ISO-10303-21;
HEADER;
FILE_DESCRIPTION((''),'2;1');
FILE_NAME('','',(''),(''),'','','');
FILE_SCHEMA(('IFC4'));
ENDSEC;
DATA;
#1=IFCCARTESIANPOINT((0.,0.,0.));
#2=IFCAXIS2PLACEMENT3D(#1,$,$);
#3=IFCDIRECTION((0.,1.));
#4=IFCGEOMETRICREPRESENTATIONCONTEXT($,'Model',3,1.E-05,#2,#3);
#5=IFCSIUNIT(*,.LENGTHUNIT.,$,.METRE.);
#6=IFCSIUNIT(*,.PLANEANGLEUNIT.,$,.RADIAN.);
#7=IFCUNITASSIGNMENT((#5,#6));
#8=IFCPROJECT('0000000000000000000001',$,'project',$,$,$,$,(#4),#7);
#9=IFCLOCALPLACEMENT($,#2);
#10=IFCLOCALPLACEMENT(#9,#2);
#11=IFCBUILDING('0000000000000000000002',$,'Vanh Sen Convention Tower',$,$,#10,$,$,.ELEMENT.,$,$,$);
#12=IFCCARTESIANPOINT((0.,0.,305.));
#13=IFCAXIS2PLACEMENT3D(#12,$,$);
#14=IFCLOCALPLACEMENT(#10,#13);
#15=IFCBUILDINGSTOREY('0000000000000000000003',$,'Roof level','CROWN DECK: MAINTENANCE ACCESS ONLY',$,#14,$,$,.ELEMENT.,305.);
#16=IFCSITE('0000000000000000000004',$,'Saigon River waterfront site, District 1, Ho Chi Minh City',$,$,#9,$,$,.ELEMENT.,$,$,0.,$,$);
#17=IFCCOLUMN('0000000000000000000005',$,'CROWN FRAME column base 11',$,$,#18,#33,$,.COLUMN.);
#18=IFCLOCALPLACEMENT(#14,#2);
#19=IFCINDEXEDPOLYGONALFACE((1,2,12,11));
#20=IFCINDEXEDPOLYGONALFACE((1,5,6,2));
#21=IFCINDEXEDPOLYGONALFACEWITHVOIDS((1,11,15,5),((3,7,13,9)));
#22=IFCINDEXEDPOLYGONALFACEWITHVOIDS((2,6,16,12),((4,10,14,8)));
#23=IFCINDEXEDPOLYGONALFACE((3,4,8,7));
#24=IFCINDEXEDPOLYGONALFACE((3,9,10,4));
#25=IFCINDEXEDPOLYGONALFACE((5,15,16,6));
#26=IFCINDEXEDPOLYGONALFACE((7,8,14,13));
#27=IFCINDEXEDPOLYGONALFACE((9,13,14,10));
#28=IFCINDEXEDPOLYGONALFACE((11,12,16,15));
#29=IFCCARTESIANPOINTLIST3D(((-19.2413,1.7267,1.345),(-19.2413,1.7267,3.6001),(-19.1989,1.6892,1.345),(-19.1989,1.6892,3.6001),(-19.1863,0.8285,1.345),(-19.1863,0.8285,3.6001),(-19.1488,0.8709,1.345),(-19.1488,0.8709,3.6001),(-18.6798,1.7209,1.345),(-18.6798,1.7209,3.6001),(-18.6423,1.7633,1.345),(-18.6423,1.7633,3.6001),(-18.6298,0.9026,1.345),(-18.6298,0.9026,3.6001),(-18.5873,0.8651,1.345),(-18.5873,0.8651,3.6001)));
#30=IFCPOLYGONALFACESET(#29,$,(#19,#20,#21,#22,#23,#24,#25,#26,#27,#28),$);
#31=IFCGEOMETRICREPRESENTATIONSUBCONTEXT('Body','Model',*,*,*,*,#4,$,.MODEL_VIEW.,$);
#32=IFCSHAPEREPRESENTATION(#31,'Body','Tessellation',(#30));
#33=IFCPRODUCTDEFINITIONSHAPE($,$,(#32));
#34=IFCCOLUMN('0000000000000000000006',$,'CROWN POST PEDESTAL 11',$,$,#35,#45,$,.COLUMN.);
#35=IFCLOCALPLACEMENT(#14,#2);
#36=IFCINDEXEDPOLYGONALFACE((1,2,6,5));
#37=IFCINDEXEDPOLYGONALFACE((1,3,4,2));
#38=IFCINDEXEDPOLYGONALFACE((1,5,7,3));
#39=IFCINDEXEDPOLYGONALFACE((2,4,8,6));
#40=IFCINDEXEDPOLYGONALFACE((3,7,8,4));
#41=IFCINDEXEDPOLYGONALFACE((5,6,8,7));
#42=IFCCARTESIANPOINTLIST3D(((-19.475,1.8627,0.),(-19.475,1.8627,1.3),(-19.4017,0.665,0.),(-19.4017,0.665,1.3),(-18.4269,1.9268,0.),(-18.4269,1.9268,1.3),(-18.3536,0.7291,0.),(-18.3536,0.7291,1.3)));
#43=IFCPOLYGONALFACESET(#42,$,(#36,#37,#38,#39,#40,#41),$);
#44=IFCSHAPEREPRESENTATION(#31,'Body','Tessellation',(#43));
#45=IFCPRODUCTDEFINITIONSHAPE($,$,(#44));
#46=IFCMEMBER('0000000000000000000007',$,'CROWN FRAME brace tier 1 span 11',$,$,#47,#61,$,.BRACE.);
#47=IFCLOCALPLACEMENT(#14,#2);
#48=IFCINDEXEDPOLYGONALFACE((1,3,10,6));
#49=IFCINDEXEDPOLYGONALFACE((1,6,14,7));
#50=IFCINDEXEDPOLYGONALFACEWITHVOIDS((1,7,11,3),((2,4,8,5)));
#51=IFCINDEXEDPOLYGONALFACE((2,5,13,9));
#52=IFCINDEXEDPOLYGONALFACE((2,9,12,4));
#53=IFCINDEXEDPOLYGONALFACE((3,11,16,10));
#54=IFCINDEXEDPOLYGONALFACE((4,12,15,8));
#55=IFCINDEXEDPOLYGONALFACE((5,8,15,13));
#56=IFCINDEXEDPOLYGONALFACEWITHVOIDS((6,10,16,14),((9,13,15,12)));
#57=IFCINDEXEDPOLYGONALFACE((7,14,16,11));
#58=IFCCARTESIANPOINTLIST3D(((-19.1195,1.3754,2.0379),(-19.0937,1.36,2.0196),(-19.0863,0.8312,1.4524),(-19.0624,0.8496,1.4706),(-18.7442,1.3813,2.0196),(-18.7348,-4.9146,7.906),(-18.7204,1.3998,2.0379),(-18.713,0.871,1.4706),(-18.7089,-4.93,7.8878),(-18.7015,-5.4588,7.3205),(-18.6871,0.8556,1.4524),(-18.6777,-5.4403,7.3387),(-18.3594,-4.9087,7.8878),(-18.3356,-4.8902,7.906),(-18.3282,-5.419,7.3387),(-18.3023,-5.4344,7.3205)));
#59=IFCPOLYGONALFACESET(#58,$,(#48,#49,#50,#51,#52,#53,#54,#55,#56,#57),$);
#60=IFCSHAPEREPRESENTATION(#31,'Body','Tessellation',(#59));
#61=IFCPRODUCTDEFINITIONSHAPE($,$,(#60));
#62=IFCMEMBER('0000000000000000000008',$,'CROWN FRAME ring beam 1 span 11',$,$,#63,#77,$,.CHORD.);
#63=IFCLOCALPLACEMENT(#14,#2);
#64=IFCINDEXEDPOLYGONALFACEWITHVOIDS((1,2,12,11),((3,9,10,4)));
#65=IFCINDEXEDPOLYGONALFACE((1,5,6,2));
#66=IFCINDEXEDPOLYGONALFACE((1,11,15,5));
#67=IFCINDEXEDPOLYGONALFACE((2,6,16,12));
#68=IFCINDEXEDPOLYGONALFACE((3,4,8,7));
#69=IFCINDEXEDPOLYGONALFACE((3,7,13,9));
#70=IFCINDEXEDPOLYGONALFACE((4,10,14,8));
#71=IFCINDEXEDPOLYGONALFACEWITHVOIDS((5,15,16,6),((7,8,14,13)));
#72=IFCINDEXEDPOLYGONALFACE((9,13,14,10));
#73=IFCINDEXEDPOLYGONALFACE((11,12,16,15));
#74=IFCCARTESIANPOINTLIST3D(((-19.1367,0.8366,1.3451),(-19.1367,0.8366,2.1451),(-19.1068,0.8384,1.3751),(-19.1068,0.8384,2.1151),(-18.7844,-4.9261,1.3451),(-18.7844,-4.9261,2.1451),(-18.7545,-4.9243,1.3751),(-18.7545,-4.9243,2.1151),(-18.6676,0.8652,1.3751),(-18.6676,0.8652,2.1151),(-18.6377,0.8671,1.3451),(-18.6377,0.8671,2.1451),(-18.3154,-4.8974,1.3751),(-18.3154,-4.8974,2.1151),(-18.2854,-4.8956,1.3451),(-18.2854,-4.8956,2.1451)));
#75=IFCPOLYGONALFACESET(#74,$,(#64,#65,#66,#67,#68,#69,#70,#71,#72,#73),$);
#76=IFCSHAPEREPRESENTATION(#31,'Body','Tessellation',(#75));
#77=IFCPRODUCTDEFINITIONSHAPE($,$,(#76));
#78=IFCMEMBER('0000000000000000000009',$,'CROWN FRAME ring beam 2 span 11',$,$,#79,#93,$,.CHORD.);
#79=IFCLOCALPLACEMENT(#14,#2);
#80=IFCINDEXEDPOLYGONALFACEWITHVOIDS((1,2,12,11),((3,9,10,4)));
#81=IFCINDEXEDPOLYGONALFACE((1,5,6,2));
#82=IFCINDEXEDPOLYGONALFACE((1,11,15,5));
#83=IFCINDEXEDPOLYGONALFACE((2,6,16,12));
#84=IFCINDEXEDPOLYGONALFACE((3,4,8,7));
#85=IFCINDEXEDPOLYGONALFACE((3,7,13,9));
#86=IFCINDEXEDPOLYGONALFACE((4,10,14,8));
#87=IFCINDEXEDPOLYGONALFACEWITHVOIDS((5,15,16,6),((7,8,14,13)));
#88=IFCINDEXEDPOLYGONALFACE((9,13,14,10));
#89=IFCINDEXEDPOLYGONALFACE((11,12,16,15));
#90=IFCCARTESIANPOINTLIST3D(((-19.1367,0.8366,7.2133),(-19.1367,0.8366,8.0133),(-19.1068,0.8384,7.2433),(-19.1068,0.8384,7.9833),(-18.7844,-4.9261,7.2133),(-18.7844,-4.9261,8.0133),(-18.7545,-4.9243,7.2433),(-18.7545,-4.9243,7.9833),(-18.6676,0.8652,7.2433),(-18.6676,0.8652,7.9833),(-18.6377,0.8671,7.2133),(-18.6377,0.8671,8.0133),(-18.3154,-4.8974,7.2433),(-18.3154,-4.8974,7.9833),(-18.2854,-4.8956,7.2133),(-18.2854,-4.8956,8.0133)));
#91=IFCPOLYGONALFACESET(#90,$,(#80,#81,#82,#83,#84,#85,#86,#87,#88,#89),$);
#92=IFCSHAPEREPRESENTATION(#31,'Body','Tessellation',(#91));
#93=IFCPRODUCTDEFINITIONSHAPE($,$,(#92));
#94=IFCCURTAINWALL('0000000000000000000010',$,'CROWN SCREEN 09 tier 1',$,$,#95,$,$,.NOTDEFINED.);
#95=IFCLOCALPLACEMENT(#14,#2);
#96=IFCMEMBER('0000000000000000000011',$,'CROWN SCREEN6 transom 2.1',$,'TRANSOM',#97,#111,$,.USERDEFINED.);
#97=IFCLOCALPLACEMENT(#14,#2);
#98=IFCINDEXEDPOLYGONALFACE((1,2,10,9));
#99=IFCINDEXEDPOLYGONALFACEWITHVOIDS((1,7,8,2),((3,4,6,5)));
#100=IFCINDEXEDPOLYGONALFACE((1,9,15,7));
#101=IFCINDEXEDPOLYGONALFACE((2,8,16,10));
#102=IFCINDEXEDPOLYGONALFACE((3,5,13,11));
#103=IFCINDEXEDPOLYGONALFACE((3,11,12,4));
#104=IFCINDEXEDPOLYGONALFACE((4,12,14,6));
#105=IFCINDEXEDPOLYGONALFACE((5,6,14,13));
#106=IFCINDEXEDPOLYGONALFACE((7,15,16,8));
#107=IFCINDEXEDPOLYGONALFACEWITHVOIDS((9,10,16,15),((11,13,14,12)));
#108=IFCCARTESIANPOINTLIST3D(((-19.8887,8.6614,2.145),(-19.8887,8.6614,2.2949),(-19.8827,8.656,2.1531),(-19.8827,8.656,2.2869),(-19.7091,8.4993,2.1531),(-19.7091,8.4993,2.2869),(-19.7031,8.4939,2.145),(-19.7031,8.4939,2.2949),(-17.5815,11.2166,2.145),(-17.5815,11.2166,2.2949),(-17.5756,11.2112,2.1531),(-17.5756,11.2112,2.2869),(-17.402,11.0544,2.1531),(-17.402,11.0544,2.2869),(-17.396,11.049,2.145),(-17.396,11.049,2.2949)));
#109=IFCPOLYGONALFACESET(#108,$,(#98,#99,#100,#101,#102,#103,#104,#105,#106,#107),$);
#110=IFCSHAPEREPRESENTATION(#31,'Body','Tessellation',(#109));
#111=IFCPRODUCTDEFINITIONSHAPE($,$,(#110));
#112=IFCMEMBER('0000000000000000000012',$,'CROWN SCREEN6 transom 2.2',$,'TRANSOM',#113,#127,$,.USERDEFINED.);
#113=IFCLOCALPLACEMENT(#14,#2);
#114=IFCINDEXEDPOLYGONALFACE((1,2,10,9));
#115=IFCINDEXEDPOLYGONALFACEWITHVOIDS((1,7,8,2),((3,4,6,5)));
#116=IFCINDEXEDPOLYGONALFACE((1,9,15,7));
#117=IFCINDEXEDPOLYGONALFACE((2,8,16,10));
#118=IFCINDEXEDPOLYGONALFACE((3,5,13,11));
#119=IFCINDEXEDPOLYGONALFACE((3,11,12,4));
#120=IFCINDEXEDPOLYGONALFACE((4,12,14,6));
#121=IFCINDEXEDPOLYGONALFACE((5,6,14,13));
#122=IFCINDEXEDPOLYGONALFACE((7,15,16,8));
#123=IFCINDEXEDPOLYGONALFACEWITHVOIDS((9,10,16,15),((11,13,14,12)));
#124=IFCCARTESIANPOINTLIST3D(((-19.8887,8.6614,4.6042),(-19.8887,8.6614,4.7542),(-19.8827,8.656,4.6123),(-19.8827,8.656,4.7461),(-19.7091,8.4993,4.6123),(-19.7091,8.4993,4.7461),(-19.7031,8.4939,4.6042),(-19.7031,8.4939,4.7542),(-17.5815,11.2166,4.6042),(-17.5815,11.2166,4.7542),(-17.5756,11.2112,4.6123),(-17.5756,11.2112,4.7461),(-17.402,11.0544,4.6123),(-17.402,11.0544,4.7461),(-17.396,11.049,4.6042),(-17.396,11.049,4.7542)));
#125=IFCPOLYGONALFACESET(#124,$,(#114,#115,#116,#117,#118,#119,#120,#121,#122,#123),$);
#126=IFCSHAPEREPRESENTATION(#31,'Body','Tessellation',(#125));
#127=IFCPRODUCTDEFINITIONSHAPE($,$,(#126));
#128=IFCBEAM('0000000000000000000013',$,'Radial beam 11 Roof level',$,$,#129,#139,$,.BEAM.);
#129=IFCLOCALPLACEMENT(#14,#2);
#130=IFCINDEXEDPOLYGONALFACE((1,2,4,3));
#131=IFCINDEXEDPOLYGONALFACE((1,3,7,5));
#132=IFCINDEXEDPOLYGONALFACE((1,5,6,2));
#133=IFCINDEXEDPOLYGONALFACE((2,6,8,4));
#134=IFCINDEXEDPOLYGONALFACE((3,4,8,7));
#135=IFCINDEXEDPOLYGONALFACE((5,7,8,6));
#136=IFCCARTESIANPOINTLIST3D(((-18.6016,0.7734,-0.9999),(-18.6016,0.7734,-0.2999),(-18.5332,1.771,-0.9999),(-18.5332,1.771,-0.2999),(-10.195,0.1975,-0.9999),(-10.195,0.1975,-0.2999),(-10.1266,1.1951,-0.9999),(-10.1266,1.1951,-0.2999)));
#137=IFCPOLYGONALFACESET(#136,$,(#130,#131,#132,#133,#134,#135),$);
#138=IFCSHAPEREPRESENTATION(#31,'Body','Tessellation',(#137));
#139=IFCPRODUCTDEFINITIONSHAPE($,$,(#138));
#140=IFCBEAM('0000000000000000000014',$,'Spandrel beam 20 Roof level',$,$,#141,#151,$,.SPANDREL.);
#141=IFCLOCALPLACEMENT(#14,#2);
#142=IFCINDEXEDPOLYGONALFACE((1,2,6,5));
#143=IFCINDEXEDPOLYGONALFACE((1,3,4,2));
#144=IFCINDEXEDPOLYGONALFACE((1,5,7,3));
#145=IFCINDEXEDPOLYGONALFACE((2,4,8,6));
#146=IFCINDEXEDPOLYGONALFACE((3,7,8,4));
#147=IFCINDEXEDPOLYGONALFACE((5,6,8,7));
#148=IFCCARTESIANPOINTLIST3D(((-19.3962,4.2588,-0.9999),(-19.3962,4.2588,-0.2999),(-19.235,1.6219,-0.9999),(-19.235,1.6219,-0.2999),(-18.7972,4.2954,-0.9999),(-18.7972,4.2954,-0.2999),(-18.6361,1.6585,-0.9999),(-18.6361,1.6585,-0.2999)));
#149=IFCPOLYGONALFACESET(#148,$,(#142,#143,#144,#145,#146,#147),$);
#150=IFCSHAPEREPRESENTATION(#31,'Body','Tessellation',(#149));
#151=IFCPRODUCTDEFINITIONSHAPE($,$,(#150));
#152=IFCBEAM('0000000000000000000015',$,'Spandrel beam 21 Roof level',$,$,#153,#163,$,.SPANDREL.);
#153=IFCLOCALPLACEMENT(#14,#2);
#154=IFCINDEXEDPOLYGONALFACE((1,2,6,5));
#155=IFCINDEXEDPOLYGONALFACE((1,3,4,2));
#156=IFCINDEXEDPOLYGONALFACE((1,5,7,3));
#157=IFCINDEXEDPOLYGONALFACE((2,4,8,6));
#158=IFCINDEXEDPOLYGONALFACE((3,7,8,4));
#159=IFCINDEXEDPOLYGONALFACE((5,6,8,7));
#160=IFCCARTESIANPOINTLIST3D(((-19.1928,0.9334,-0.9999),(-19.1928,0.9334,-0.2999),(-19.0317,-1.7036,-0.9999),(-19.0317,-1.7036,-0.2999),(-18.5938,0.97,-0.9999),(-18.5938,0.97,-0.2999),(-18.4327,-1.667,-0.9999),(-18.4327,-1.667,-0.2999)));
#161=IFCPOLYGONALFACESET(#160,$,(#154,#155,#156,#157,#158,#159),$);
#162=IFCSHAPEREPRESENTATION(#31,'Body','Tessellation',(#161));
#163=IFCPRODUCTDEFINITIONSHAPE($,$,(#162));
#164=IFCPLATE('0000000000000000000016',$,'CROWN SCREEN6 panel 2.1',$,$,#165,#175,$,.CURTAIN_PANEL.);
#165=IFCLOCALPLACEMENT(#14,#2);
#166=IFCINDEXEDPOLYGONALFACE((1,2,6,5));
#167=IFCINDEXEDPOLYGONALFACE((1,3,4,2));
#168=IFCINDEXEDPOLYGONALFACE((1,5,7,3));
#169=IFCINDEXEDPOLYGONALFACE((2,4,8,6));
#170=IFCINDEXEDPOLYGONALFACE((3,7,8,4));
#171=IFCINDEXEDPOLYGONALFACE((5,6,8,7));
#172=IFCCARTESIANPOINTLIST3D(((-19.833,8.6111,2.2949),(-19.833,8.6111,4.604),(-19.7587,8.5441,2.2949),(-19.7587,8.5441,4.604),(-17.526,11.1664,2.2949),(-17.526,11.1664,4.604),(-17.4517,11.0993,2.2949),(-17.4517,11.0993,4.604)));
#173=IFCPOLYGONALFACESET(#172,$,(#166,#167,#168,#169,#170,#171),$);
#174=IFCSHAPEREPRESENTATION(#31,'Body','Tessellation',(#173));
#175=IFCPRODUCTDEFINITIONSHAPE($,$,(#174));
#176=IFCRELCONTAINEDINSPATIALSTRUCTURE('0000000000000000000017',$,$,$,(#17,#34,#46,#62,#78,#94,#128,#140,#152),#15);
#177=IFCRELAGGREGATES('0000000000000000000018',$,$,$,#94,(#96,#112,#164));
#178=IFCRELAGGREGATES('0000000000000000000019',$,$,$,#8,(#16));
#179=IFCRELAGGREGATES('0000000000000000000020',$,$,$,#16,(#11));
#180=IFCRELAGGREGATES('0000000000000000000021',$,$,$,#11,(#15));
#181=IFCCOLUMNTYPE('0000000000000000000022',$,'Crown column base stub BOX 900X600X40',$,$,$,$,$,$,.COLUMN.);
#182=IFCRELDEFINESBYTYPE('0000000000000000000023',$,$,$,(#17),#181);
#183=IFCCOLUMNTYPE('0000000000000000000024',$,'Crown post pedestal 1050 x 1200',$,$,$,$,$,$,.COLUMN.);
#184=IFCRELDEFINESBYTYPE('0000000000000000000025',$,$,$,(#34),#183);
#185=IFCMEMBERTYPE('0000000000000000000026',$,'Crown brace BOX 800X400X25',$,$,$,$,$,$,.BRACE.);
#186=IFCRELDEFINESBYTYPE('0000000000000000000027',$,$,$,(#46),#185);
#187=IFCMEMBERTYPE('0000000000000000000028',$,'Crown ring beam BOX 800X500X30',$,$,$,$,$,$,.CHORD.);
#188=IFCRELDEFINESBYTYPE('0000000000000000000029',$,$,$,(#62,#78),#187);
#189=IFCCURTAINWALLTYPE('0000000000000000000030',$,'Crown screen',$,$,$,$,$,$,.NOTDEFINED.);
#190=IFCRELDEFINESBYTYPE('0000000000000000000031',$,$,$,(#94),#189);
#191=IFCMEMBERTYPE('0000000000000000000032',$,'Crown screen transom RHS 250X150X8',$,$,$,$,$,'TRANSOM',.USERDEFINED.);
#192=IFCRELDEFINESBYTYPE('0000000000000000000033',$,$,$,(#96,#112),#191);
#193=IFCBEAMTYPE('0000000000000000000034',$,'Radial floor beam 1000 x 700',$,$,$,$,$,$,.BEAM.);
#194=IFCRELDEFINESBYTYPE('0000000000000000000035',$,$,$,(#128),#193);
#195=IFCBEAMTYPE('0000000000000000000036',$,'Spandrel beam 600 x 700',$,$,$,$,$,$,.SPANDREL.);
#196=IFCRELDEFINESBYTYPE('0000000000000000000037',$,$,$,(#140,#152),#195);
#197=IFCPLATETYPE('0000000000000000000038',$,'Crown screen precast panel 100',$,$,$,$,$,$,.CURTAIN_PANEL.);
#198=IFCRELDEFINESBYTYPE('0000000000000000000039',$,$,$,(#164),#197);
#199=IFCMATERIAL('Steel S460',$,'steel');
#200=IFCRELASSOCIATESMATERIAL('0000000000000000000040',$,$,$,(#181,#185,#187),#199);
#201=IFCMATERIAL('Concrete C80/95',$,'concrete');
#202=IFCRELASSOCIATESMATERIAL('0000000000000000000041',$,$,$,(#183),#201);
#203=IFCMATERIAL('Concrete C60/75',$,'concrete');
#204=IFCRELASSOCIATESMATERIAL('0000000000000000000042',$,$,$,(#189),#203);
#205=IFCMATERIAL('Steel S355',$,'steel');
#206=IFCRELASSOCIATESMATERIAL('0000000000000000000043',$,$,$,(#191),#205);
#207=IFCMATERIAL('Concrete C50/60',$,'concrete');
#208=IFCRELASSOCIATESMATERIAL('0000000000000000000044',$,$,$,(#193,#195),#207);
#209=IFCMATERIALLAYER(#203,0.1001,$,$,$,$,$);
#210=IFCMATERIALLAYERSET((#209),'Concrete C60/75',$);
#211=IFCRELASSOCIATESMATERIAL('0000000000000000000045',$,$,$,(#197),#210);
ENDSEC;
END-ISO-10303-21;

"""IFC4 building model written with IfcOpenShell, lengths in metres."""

from ifc_helpers import new_model, si_unit, direction, frame, origin, origin_2d, place, context, subcontext, project, spatial, rectangle, hollow_rectangle, extrude, material, layer, layer_set, material_profile, profile_set, type_object, element, aggregate, save


model = new_model("IFC4")

# Units and contexts
model_context = context("Model", 3, precision=1e-05, world=origin(), true_north=direction((0.0, 1.0)))
body_context = subcontext(model_context, "Body", "Model", "MODEL_VIEW")
ifc_project = project(units=[si_unit("LENGTHUNIT", "METRE"), si_unit("PLANEANGLEUNIT", "RADIAN")], contexts=[model_context])

# Site, building, storey
site_placement = place(None, origin())
site = spatial("IfcSite", under=ifc_project, at=site_placement, Name="Saigon River waterfront site, District 1, Ho Chi Minh City", CompositionType="ELEMENT", RefElevation=0.0)
building_placement = place(site_placement, origin())
building = spatial("IfcBuilding", under=site, at=building_placement, Name="Vanh Sen Convention Tower", CompositionType="ELEMENT")
storey_placement = place(building_placement, frame((0.0, 0.0, 305.0)))
storey = spatial("IfcBuildingStorey", under=building, at=storey_placement, Name="Roof level", Description="CROWN DECK: MAINTENANCE ACCESS ONLY", CompositionType="ELEMENT", Elevation=305.0)

# Columns
ifc_material_1 = material(Name="Steel S460", Category="steel")
ifc_material_profile_1 = material_profile(ifc_material_1, hollow_rectangle(XDim=0.6001, YDim=0.8999, WallThickness=0.04, at=origin_2d()), Name="BOX 900X600X40")
ifc_profile_set_1 = profile_set([ifc_material_profile_1], Name="Steel S460")
column_type_1 = type_object("IfcColumnType", Name="Crown column base stub BOX 900X600X40", PredefinedType="COLUMN", material=ifc_profile_set_1)
column_1_placement = place(storey_placement, frame((-18.9143, 1.2959, 1.345), z_axis=(0.0, 0.0, 1.0), x_axis=(0.998135, 0.061049, 0.0)))
element("IfcColumn", 1, at=column_1_placement, inside=storey, type_object=column_type_1, Name="CROWN FRAME column base 11", PredefinedType="COLUMN", context=body_context, shape_type="SweptSolid", body=[
    extrude(hollow_rectangle(XDim=0.6001, YDim=0.8999, WallThickness=0.04, at=origin_2d()), origin(), (0.0, 0.0, 1.0), 2.2551),
])
ifc_material_2 = material(Name="Concrete C80/95", Category="concrete")
ifc_material_profile_2 = material_profile(ifc_material_2, rectangle(XDim=1.05, YDim=1.2, at=origin_2d()), Name="RC 1050X1200")
ifc_profile_set_2 = profile_set([ifc_material_profile_2], Name="Concrete C80/95")
column_type_2 = type_object("IfcColumnType", Name="Crown post pedestal 1050 x 1200", PredefinedType="COLUMN", material=ifc_profile_set_2)
column_2_placement = place(storey_placement, frame((-18.9143, 1.2959, 0.0), z_axis=(0.0, 0.0, 1.0), x_axis=(0.998135, 0.061049, 0.0)))
element("IfcColumn", 2, at=column_2_placement, inside=storey, type_object=column_type_2, Name="CROWN POST PEDESTAL 11", PredefinedType="COLUMN", context=body_context, shape_type="SweptSolid", body=[
    extrude(rectangle(XDim=1.05, YDim=1.2, at=origin_2d()), origin(), (0.0, 0.0, 1.0), 1.3),
])

# Members
ifc_material_profile_3 = material_profile(ifc_material_1, hollow_rectangle(XDim=0.3999, YDim=0.8, WallThickness=0.0249, at=origin_2d()), Name="BOX 800X400X25")
ifc_profile_set_3 = profile_set([ifc_material_profile_3], Name="Steel S460")
member_type_1 = type_object("IfcMemberType", Name="Crown brace BOX 800X400X25", PredefinedType="BRACE", material=ifc_profile_set_3)
member_1_placement = place(storey_placement, frame((-18.9033, 1.1155, 1.7451), z_axis=(0.044683, -0.730472, 0.681479), x_axis=(0.998134, 0.061057, 0.0)))
element("IfcMember", 3, at=member_1_placement, inside=storey, type_object=member_type_1, Name="CROWN FRAME brace tier 1 span 11", PredefinedType="BRACE", context=body_context, shape_type="SweptSolid", body=[
    extrude(hollow_rectangle(XDim=0.3999, YDim=0.8, WallThickness=0.0249, at=origin_2d()), origin(), (0.0, 0.0, 1.0), 8.6108),
])
ifc_material_profile_4 = material_profile(ifc_material_1, hollow_rectangle(XDim=0.5, YDim=0.8, WallThickness=0.03, at=origin_2d()), Name="BOX 800X500X30")
ifc_profile_set_4 = profile_set([ifc_material_profile_4], Name="Steel S460")
member_type_2 = type_object("IfcMemberType", Name="Crown ring beam BOX 800X500X30", PredefinedType="CHORD", material=ifc_profile_set_4)
for number, where, z_axis, x_axis, name in (
    (4, (-18.8872, 0.8518, 1.7451), (0.06102, -0.998137, 0.0), (0.998137, 0.06102, 0.0), "CROWN FRAME ring beam 1 span 11"),
    (5, (-18.8872, 0.8518, 7.6133), (0.06102, -0.998137, 0.0), (0.998137, 0.06102, 0.0), "CROWN FRAME ring beam 2 span 11"),
):
    element("IfcMember", number, at=place(storey_placement, frame(where, z_axis=z_axis, x_axis=x_axis)), inside=storey, type_object=member_type_2, Name=name, PredefinedType="CHORD", context=body_context, shape_type="SweptSolid", body=[
        extrude(hollow_rectangle(XDim=0.5, YDim=0.8, WallThickness=0.03, at=origin_2d()), origin(), (0.0, 0.0, 1.0), 5.7734),
    ])

# Curtain wall, members
ifc_material_3 = material(Name="Concrete C60/75", Category="concrete")
curtain_wall_type = type_object("IfcCurtainWallType", Name="Crown screen", PredefinedType="NOTDEFINED", material=ifc_material_3)
curtain_wall_placement = place(storey_placement, origin())
curtain_wall = element("IfcCurtainWall", 6, at=curtain_wall_placement, inside=storey, type_object=curtain_wall_type, Name="CROWN SCREEN 09 tier 1", PredefinedType="NOTDEFINED")
ifc_material_4 = material(Name="Steel S355", Category="steel")
ifc_material_profile_5 = material_profile(ifc_material_4, hollow_rectangle(XDim=0.25, YDim=0.1499, WallThickness=0.0081, at=origin_2d()), Name="RHS 250X150X8")
ifc_profile_set_5 = profile_set([ifc_material_profile_5], Name="Steel S355")
member_type_3 = type_object("IfcMemberType", Name="Crown screen transom RHS 250X150X8", ElementType="TRANSOM", PredefinedType="USERDEFINED", material=ifc_profile_set_5)
member_2_placement = place(storey_placement, frame((-17.4888, 11.1328, 2.22), z_axis=(-0.670163, -0.742214, 0.0), x_axis=(0.742214, -0.670163, 0.0)))
member_2 = element("IfcMember", 7, at=member_2_placement, type_object=member_type_3, Name="CROWN SCREEN6 transom 2.1", ObjectType="TRANSOM", PredefinedType="USERDEFINED", context=body_context, shape_type="SweptSolid", body=[
    extrude(hollow_rectangle(XDim=0.25, YDim=0.1499, WallThickness=0.0081, at=origin_2d()), origin(), (0.0, 0.0, 1.0), 3.4426),
])
member_3_placement = place(storey_placement, frame((-17.4888, 11.1328, 4.6792), z_axis=(-0.670163, -0.742214, 0.0), x_axis=(0.742214, -0.670163, 0.0)))
member_3 = element("IfcMember", 8, at=member_3_placement, type_object=member_type_3, Name="CROWN SCREEN6 transom 2.2", ObjectType="TRANSOM", PredefinedType="USERDEFINED", context=body_context, shape_type="SweptSolid", body=[
    extrude(hollow_rectangle(XDim=0.25, YDim=0.1499, WallThickness=0.0081, at=origin_2d()), origin(), (0.0, 0.0, 1.0), 3.4426),
])

# Beams
ifc_material_5 = material(Name="Concrete C50/60", Category="concrete")
ifc_material_profile_6 = material_profile(ifc_material_5, rectangle(XDim=1.0, YDim=0.7, at=origin_2d()), Name="RC 1000X700")
ifc_profile_set_6 = profile_set([ifc_material_profile_6], Name="Concrete C50/60")
beam_type_1 = type_object("IfcBeamType", Name="Radial floor beam 1000 x 700", PredefinedType="BEAM", material=ifc_profile_set_6)
beam_placement = place(storey_placement, frame((-18.5674, 1.2722, -0.6499), z_axis=(0.997661, -0.06835, 0.0), x_axis=(0.06835, 0.997661, 0.0)))
element("IfcBeam", 9, at=beam_placement, inside=storey, type_object=beam_type_1, Name="Radial beam 11 Roof level", PredefinedType="BEAM", context=body_context, shape_type="SweptSolid", body=[
    extrude(rectangle(XDim=1.0, YDim=0.7, at=origin_2d()), origin(), (0.0, 0.0, 1.0), 8.4263),
])
ifc_material_profile_7 = material_profile(ifc_material_5, rectangle(XDim=0.6001, YDim=0.7, at=origin_2d()), Name="RC 600X700")
ifc_profile_set_7 = profile_set([ifc_material_profile_7], Name="Concrete C50/60")
beam_type_2 = type_object("IfcBeamType", Name="Spandrel beam 600 x 700", PredefinedType="SPANDREL", material=ifc_profile_set_7)
for number, where, z_axis, x_axis, name in (
    (10, (-19.0967, 4.2771, -0.6499), (0.060992, -0.998138, 0.0), (0.998138, 0.060992, 0.0), "Spandrel beam 20 Roof level"),
    (11, (-18.8933, 0.9517, -0.6499), (0.060992, -0.998138, 0.0), (0.998138, 0.060992, 0.0), "Spandrel beam 21 Roof level"),
):
    element("IfcBeam", number, at=place(storey_placement, frame(where, z_axis=z_axis, x_axis=x_axis)), inside=storey, type_object=beam_type_2, Name=name, PredefinedType="SPANDREL", context=body_context, shape_type="SweptSolid", body=[
        extrude(rectangle(XDim=0.6001, YDim=0.7, at=origin_2d()), origin(), (0.0, 0.0, 1.0), 2.6418),
    ])

# Plate
ifc_layer_1 = layer(ifc_material_3, 0.1001)
ifc_layer_set_1 = layer_set([ifc_layer_1], Name="Concrete C60/75")
plate_type = type_object("IfcPlateType", Name="Crown screen precast panel 100", PredefinedType="CURTAIN_PANEL", material=ifc_layer_set_1)
plate_1_placement = place(storey_placement, frame((-18.6423, 9.8552, 2.2949), z_axis=(0.0, 0.0, 1.0), x_axis=(-0.670143, -0.742232, 0.0)))
plate_1 = element("IfcPlate", 12, at=plate_1_placement, type_object=plate_type, Name="CROWN SCREEN6 panel 2.1", PredefinedType="CURTAIN_PANEL", context=body_context, shape_type="SweptSolid", body=[
    extrude(rectangle(XDim=3.4426, YDim=0.1001, at=origin_2d()), origin(), (0.0, 0.0, 1.0), 2.3091),
])
aggregate(curtain_wall, [member_2, member_3, plate_1])

save(model, "model.ifc")
